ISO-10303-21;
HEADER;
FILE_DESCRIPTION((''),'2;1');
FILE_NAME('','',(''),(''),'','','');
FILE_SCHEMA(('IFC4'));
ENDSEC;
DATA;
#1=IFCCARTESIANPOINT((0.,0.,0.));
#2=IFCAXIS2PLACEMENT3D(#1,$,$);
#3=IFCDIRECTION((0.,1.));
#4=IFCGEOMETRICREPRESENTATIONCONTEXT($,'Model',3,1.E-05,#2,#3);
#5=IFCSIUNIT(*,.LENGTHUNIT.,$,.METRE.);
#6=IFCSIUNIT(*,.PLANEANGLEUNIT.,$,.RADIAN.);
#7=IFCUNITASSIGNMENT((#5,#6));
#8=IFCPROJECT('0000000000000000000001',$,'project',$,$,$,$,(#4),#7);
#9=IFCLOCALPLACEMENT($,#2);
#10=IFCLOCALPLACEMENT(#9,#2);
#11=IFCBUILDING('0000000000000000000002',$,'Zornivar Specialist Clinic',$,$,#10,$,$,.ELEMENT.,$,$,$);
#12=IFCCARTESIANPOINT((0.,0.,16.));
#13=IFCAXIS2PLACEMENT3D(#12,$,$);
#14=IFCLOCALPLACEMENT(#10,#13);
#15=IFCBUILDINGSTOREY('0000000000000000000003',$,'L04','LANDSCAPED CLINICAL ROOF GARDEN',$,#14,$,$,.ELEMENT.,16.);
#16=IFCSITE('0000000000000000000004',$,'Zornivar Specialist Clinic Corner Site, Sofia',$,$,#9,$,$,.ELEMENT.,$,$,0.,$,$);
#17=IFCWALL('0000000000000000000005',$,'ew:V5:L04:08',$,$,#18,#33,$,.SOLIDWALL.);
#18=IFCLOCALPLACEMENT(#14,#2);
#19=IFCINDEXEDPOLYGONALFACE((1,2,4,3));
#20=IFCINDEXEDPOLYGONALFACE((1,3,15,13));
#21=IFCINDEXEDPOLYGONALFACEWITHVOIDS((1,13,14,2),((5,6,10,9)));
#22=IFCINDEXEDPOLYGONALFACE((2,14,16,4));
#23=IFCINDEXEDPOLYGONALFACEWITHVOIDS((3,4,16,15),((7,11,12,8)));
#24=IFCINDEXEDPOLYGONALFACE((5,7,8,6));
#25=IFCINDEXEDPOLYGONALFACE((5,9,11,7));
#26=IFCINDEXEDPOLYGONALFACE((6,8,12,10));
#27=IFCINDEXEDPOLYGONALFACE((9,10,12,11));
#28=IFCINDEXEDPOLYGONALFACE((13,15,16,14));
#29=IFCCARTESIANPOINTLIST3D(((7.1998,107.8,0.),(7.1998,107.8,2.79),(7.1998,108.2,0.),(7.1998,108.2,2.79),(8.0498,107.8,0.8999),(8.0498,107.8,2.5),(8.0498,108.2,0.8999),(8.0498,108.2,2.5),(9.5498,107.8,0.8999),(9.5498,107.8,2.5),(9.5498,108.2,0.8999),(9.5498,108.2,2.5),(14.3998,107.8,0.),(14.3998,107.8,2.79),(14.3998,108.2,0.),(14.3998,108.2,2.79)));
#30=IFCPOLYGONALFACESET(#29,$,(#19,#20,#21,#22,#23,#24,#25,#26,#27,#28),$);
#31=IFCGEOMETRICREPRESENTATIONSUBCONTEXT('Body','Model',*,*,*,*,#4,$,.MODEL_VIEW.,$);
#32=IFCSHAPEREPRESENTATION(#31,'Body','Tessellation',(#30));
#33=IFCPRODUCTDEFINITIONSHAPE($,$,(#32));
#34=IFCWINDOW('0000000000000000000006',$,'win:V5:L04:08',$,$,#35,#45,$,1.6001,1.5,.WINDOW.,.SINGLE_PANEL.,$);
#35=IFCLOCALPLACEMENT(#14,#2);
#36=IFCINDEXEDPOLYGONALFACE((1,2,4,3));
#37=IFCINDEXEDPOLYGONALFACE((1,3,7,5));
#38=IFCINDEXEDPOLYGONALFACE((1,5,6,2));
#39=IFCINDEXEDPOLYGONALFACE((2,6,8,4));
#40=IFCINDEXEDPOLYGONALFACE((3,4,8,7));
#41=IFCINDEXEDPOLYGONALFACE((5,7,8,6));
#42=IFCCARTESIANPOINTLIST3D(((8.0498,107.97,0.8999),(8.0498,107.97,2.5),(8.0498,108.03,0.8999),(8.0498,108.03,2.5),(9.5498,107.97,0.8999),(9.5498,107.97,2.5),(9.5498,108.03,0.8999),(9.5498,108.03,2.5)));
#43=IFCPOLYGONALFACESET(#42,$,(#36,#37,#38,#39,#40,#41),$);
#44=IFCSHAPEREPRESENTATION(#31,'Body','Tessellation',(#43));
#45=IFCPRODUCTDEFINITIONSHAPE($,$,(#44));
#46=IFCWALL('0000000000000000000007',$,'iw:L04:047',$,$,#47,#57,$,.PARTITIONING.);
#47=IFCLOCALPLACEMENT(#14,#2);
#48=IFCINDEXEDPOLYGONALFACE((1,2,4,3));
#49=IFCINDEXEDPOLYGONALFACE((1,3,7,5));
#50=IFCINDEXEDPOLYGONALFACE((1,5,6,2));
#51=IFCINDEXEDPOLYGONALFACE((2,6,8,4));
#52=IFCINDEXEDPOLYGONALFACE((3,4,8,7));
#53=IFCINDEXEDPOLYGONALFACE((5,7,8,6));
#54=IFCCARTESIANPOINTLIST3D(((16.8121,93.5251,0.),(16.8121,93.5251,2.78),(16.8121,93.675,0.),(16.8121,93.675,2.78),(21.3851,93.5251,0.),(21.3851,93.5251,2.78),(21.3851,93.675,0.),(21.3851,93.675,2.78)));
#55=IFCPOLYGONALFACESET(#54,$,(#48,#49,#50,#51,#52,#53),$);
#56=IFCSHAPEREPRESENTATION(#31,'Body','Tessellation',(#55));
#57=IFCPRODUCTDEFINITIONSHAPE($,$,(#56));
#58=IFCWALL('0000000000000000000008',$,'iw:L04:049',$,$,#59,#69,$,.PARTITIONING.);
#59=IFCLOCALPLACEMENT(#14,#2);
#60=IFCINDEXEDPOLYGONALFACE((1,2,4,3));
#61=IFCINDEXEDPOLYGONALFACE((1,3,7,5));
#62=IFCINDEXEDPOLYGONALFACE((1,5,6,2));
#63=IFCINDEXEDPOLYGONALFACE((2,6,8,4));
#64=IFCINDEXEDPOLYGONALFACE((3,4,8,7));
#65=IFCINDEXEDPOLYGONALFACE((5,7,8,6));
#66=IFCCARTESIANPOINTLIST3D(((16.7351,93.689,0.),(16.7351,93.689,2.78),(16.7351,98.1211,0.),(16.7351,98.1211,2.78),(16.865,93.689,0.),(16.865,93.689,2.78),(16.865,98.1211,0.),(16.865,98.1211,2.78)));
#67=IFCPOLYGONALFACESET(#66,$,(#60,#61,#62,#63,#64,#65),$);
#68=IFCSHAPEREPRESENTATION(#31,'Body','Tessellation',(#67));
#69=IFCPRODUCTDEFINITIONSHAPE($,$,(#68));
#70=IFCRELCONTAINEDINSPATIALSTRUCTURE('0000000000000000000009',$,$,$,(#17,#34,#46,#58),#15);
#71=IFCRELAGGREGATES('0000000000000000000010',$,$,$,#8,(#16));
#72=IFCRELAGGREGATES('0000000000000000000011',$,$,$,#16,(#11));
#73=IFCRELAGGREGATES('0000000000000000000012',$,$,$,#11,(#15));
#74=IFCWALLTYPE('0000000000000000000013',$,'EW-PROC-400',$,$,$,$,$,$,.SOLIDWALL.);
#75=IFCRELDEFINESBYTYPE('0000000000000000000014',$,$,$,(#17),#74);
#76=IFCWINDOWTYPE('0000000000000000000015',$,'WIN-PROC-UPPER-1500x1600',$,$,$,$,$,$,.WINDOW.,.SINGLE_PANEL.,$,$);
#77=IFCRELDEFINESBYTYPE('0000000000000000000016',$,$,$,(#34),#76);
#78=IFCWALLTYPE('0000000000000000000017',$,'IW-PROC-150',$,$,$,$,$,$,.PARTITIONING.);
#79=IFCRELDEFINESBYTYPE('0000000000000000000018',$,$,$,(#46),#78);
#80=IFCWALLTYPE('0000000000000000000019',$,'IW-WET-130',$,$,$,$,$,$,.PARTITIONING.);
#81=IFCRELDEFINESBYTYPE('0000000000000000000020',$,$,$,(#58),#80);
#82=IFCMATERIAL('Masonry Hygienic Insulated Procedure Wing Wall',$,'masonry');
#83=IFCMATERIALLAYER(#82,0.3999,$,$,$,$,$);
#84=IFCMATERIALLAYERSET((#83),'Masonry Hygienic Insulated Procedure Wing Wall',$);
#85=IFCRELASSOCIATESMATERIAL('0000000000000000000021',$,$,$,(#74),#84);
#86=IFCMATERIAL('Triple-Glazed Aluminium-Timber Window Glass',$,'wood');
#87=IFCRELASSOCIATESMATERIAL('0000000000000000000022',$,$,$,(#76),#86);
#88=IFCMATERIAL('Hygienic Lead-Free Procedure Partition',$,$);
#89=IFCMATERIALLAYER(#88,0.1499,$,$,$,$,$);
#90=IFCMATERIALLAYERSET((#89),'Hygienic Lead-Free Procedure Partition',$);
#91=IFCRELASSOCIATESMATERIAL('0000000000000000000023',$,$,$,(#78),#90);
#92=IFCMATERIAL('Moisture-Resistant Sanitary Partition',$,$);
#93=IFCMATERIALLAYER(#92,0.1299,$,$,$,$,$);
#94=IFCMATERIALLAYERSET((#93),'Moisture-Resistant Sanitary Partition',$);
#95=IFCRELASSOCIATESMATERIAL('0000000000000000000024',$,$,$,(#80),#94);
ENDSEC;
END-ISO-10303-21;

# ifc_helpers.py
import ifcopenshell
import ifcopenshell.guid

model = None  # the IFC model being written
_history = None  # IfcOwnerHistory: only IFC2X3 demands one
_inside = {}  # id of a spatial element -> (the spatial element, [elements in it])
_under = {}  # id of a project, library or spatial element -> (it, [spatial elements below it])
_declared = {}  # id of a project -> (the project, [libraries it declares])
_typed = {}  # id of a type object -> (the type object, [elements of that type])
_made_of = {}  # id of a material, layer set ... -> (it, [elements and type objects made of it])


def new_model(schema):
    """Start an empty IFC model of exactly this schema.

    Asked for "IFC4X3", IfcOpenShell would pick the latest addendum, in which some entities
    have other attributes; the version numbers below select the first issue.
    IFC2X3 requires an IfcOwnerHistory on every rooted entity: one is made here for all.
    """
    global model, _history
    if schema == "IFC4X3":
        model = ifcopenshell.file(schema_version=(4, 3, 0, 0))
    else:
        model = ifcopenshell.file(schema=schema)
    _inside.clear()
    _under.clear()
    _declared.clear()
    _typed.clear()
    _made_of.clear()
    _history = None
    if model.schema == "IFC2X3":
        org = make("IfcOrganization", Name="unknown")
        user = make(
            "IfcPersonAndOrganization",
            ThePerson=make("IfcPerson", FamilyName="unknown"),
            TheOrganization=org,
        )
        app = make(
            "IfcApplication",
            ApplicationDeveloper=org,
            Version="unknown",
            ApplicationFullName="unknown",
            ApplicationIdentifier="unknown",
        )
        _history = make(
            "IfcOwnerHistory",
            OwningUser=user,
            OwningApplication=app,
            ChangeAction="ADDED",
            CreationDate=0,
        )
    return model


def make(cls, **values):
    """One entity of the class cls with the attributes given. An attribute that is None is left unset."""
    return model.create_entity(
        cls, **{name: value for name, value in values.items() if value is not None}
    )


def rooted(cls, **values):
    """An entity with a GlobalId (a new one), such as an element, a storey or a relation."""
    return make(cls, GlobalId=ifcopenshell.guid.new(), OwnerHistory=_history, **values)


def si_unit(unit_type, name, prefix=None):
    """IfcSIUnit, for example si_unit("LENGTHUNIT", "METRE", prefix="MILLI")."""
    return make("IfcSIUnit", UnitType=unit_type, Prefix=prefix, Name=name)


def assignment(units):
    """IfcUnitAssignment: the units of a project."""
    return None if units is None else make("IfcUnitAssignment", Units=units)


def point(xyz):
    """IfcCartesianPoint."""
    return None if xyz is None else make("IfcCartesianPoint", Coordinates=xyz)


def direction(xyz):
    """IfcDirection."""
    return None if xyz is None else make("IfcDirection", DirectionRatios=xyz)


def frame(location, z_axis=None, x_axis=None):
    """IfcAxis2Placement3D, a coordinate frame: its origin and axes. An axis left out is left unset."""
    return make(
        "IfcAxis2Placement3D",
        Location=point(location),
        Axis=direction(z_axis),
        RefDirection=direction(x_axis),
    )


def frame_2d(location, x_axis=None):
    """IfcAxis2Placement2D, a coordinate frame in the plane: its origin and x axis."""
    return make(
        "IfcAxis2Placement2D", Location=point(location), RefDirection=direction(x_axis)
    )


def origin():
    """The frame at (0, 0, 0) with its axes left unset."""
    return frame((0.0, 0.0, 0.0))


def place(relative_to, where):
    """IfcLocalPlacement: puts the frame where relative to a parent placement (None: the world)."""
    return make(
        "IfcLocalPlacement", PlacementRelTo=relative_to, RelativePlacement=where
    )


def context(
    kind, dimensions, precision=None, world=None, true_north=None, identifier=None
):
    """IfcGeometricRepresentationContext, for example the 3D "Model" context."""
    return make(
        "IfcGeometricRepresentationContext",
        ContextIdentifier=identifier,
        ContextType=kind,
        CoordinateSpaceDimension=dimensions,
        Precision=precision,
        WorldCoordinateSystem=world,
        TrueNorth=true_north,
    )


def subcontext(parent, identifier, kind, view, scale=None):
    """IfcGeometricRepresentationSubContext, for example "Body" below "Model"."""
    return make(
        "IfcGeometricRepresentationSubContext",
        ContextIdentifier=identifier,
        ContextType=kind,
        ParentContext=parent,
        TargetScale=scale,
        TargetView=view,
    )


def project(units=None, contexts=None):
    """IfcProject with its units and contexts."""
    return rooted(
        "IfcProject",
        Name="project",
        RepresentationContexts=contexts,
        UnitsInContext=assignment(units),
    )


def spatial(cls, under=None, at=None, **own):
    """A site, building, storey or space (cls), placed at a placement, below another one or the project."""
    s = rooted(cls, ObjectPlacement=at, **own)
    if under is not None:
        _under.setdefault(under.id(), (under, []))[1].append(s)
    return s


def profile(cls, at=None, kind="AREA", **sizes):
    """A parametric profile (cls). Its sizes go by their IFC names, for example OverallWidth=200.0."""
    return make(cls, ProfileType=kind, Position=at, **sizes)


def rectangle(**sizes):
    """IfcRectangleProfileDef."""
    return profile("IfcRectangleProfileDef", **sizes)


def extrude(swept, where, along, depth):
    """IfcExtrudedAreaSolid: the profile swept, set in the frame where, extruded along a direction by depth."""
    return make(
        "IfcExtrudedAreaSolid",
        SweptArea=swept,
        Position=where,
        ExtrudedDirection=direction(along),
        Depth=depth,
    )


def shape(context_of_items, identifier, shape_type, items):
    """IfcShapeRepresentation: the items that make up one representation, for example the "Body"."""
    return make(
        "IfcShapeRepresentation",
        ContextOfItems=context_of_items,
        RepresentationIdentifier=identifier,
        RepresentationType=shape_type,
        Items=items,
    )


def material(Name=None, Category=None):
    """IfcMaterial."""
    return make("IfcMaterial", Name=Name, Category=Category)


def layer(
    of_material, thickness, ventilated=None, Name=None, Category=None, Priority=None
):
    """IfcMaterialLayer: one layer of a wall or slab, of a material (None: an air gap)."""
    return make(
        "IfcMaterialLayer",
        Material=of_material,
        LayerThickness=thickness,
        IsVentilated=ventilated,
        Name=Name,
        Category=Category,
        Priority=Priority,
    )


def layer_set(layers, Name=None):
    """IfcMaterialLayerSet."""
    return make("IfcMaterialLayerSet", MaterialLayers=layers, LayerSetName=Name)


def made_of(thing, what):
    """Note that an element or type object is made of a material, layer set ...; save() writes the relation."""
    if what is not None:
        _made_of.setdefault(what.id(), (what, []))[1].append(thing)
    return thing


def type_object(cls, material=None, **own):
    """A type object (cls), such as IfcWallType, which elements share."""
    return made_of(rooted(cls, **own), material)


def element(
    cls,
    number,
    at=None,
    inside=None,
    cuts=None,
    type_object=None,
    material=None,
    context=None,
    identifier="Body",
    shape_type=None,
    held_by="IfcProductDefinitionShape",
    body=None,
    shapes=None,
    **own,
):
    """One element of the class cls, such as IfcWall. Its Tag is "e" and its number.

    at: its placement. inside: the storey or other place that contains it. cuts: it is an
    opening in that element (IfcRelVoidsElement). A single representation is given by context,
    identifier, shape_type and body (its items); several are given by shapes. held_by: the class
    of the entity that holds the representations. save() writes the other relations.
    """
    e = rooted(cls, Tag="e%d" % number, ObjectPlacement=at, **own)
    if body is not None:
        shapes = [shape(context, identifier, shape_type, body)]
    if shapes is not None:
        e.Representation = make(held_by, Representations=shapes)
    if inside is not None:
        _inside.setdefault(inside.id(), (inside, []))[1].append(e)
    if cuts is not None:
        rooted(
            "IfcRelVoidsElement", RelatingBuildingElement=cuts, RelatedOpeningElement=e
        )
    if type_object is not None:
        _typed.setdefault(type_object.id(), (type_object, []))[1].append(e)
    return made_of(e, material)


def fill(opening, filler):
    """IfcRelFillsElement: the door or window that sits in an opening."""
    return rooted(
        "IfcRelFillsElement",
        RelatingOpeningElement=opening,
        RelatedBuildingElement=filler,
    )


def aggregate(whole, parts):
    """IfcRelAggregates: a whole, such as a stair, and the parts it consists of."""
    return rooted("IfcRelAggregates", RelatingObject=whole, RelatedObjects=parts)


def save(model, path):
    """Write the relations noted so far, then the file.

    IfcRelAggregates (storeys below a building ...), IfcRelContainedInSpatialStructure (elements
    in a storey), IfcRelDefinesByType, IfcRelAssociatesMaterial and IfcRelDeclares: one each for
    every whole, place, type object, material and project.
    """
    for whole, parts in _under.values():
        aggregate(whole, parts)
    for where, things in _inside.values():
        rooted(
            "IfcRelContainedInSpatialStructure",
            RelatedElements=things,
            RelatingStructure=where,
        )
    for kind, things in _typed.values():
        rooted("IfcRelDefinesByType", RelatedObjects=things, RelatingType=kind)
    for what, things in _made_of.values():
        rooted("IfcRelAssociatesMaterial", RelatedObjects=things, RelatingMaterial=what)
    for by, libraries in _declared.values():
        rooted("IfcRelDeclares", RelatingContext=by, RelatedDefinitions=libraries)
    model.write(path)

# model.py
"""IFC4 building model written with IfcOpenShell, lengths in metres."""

from ifc_helpers import new_model, si_unit, direction, frame, frame_2d, origin, place, context, subcontext, project, spatial, rectangle, extrude, material, layer, layer_set, type_object, element, fill, save


model = new_model("IFC4")

# Units and contexts
model_context = context("Model", 3, precision=1e-05, world=origin(), true_north=direction((0.0, 1.0)))
body_context = subcontext(model_context, "Body", "Model", "MODEL_VIEW")
ifc_project = project(units=[si_unit("LENGTHUNIT", "METRE"), si_unit("PLANEANGLEUNIT", "RADIAN")], contexts=[model_context])

# Site, building, storey
site_placement = place(None, origin())
site = spatial("IfcSite", under=ifc_project, at=site_placement, Name="Zornivar Specialist Clinic Corner Site, Sofia", CompositionType="ELEMENT", RefElevation=0.0)
building_placement = place(site_placement, origin())
building = spatial("IfcBuilding", under=site, at=building_placement, Name="Zornivar Specialist Clinic", CompositionType="ELEMENT")
storey_placement = place(building_placement, frame((0.0, 0.0, 16.0)))
storey = spatial("IfcBuildingStorey", under=building, at=storey_placement, Name="L04", Description="LANDSCAPED CLINICAL ROOF GARDEN", CompositionType="ELEMENT", Elevation=16.0)

# Shared definitions
ifc_material_1 = material(Name="Masonry Hygienic Insulated Procedure Wing Wall", Category="masonry")
ifc_layer_1 = layer(ifc_material_1, 0.3999)
ifc_layer_set_1 = layer_set([ifc_layer_1], Name="Masonry Hygienic Insulated Procedure Wing Wall")
wall_type_1 = type_object("IfcWallType", Name="EW-PROC-400", PredefinedType="SOLIDWALL", material=ifc_layer_set_1)
ifc_material_2 = material(Name="Triple-Glazed Aluminium-Timber Window Glass", Category="wood")
window_type = type_object("IfcWindowType", Name="WIN-PROC-UPPER-1500x1600", PartitioningType="SINGLE_PANEL", PredefinedType="WINDOW", material=ifc_material_2)

# Wall, opening, window
wall_1_placement = place(storey_placement, frame((14.3999, 108.0, 0.0), z_axis=(0.0, 0.0, 1.0), x_axis=(-1.0, 0.0, 0.0)))
wall_1 = element("IfcWall", 1, at=wall_1_placement, inside=storey, type_object=wall_type_1, Name="ew:V5:L04:08", PredefinedType="SOLIDWALL", context=body_context, shape_type="SweptSolid", body=[
    extrude(rectangle(XDim=7.2, YDim=0.3999, at=frame_2d((3.6001, 0.0))), origin(), (0.0, 0.0, 1.0), 2.79),
])
opening_1_placement = place(wall_1_placement, frame((4.8501, 0.0, 0.8999)))
opening_1 = element("IfcOpeningElement", 2, at=opening_1_placement, cuts=wall_1, PredefinedType="OPENING", context=body_context, shape_type="SweptSolid", body=[
    extrude(rectangle(XDim=1.5, YDim=1.6001, at=frame_2d((0.75, 0.8))), frame((0.0, 0.21, 0.0), z_axis=(0.0, -1.0, 0.0), x_axis=(1.0, 0.0, 0.0)), (0.0, 0.0, 1.0), 0.4199),
])
window_1_placement = place(opening_1_placement, origin())
window_1 = element("IfcWindow", 3, at=window_1_placement, inside=storey, type_object=window_type, Name="win:V5:L04:08", OverallHeight=1.6001, OverallWidth=1.5, PartitioningType="SINGLE_PANEL", PredefinedType="WINDOW", context=body_context, shape_type="SweptSolid", body=[
    extrude(rectangle(XDim=1.5, YDim=1.6001, at=frame_2d((0.75, 0.8))), frame((0.0, 0.03, 0.0), z_axis=(0.0, -1.0, 0.0), x_axis=(1.0, 0.0, 0.0)), (0.0, 0.0, 1.0), 0.0601),
])
fill(opening_1, window_1)

# Walls
ifc_material_3 = material(Name="Hygienic Lead-Free Procedure Partition")
ifc_layer_2 = layer(ifc_material_3, 0.1499)
ifc_layer_set_2 = layer_set([ifc_layer_2], Name="Hygienic Lead-Free Procedure Partition")
wall_type_2 = type_object("IfcWallType", Name="IW-PROC-150", PredefinedType="PARTITIONING", material=ifc_layer_set_2)
wall_2_placement = place(storey_placement, frame((16.812, 93.6001, 0.0), z_axis=(0.0, 0.0, 1.0), x_axis=(1.0, 0.0, 0.0)))
element("IfcWall", 4, at=wall_2_placement, inside=storey, type_object=wall_type_2, Name="iw:L04:047", PredefinedType="PARTITIONING", context=body_context, shape_type="SweptSolid", body=[
    extrude(rectangle(XDim=4.573, YDim=0.1499, at=frame_2d((2.2866, 0.0))), origin(), (0.0, 0.0, 1.0), 2.78),
])
ifc_material_4 = material(Name="Moisture-Resistant Sanitary Partition")
ifc_layer_3 = layer(ifc_material_4, 0.1299)
ifc_layer_set_3 = layer_set([ifc_layer_3], Name="Moisture-Resistant Sanitary Partition")
wall_type_3 = type_object("IfcWallType", Name="IW-WET-130", PredefinedType="PARTITIONING", material=ifc_layer_set_3)
wall_3_placement = place(storey_placement, frame((16.8, 98.1211, 0.0), z_axis=(0.0, 0.0, 1.0), x_axis=(0.0, -1.0, 0.0)))
element("IfcWall", 5, at=wall_3_placement, inside=storey, type_object=wall_type_3, Name="iw:L04:049", PredefinedType="PARTITIONING", context=body_context, shape_type="SweptSolid", body=[
    extrude(rectangle(XDim=4.4321, YDim=0.1299, at=frame_2d((2.2161, 0.0))), origin(), (0.0, 0.0, 1.0), 2.78),
])

save(model, "model.ifc")
